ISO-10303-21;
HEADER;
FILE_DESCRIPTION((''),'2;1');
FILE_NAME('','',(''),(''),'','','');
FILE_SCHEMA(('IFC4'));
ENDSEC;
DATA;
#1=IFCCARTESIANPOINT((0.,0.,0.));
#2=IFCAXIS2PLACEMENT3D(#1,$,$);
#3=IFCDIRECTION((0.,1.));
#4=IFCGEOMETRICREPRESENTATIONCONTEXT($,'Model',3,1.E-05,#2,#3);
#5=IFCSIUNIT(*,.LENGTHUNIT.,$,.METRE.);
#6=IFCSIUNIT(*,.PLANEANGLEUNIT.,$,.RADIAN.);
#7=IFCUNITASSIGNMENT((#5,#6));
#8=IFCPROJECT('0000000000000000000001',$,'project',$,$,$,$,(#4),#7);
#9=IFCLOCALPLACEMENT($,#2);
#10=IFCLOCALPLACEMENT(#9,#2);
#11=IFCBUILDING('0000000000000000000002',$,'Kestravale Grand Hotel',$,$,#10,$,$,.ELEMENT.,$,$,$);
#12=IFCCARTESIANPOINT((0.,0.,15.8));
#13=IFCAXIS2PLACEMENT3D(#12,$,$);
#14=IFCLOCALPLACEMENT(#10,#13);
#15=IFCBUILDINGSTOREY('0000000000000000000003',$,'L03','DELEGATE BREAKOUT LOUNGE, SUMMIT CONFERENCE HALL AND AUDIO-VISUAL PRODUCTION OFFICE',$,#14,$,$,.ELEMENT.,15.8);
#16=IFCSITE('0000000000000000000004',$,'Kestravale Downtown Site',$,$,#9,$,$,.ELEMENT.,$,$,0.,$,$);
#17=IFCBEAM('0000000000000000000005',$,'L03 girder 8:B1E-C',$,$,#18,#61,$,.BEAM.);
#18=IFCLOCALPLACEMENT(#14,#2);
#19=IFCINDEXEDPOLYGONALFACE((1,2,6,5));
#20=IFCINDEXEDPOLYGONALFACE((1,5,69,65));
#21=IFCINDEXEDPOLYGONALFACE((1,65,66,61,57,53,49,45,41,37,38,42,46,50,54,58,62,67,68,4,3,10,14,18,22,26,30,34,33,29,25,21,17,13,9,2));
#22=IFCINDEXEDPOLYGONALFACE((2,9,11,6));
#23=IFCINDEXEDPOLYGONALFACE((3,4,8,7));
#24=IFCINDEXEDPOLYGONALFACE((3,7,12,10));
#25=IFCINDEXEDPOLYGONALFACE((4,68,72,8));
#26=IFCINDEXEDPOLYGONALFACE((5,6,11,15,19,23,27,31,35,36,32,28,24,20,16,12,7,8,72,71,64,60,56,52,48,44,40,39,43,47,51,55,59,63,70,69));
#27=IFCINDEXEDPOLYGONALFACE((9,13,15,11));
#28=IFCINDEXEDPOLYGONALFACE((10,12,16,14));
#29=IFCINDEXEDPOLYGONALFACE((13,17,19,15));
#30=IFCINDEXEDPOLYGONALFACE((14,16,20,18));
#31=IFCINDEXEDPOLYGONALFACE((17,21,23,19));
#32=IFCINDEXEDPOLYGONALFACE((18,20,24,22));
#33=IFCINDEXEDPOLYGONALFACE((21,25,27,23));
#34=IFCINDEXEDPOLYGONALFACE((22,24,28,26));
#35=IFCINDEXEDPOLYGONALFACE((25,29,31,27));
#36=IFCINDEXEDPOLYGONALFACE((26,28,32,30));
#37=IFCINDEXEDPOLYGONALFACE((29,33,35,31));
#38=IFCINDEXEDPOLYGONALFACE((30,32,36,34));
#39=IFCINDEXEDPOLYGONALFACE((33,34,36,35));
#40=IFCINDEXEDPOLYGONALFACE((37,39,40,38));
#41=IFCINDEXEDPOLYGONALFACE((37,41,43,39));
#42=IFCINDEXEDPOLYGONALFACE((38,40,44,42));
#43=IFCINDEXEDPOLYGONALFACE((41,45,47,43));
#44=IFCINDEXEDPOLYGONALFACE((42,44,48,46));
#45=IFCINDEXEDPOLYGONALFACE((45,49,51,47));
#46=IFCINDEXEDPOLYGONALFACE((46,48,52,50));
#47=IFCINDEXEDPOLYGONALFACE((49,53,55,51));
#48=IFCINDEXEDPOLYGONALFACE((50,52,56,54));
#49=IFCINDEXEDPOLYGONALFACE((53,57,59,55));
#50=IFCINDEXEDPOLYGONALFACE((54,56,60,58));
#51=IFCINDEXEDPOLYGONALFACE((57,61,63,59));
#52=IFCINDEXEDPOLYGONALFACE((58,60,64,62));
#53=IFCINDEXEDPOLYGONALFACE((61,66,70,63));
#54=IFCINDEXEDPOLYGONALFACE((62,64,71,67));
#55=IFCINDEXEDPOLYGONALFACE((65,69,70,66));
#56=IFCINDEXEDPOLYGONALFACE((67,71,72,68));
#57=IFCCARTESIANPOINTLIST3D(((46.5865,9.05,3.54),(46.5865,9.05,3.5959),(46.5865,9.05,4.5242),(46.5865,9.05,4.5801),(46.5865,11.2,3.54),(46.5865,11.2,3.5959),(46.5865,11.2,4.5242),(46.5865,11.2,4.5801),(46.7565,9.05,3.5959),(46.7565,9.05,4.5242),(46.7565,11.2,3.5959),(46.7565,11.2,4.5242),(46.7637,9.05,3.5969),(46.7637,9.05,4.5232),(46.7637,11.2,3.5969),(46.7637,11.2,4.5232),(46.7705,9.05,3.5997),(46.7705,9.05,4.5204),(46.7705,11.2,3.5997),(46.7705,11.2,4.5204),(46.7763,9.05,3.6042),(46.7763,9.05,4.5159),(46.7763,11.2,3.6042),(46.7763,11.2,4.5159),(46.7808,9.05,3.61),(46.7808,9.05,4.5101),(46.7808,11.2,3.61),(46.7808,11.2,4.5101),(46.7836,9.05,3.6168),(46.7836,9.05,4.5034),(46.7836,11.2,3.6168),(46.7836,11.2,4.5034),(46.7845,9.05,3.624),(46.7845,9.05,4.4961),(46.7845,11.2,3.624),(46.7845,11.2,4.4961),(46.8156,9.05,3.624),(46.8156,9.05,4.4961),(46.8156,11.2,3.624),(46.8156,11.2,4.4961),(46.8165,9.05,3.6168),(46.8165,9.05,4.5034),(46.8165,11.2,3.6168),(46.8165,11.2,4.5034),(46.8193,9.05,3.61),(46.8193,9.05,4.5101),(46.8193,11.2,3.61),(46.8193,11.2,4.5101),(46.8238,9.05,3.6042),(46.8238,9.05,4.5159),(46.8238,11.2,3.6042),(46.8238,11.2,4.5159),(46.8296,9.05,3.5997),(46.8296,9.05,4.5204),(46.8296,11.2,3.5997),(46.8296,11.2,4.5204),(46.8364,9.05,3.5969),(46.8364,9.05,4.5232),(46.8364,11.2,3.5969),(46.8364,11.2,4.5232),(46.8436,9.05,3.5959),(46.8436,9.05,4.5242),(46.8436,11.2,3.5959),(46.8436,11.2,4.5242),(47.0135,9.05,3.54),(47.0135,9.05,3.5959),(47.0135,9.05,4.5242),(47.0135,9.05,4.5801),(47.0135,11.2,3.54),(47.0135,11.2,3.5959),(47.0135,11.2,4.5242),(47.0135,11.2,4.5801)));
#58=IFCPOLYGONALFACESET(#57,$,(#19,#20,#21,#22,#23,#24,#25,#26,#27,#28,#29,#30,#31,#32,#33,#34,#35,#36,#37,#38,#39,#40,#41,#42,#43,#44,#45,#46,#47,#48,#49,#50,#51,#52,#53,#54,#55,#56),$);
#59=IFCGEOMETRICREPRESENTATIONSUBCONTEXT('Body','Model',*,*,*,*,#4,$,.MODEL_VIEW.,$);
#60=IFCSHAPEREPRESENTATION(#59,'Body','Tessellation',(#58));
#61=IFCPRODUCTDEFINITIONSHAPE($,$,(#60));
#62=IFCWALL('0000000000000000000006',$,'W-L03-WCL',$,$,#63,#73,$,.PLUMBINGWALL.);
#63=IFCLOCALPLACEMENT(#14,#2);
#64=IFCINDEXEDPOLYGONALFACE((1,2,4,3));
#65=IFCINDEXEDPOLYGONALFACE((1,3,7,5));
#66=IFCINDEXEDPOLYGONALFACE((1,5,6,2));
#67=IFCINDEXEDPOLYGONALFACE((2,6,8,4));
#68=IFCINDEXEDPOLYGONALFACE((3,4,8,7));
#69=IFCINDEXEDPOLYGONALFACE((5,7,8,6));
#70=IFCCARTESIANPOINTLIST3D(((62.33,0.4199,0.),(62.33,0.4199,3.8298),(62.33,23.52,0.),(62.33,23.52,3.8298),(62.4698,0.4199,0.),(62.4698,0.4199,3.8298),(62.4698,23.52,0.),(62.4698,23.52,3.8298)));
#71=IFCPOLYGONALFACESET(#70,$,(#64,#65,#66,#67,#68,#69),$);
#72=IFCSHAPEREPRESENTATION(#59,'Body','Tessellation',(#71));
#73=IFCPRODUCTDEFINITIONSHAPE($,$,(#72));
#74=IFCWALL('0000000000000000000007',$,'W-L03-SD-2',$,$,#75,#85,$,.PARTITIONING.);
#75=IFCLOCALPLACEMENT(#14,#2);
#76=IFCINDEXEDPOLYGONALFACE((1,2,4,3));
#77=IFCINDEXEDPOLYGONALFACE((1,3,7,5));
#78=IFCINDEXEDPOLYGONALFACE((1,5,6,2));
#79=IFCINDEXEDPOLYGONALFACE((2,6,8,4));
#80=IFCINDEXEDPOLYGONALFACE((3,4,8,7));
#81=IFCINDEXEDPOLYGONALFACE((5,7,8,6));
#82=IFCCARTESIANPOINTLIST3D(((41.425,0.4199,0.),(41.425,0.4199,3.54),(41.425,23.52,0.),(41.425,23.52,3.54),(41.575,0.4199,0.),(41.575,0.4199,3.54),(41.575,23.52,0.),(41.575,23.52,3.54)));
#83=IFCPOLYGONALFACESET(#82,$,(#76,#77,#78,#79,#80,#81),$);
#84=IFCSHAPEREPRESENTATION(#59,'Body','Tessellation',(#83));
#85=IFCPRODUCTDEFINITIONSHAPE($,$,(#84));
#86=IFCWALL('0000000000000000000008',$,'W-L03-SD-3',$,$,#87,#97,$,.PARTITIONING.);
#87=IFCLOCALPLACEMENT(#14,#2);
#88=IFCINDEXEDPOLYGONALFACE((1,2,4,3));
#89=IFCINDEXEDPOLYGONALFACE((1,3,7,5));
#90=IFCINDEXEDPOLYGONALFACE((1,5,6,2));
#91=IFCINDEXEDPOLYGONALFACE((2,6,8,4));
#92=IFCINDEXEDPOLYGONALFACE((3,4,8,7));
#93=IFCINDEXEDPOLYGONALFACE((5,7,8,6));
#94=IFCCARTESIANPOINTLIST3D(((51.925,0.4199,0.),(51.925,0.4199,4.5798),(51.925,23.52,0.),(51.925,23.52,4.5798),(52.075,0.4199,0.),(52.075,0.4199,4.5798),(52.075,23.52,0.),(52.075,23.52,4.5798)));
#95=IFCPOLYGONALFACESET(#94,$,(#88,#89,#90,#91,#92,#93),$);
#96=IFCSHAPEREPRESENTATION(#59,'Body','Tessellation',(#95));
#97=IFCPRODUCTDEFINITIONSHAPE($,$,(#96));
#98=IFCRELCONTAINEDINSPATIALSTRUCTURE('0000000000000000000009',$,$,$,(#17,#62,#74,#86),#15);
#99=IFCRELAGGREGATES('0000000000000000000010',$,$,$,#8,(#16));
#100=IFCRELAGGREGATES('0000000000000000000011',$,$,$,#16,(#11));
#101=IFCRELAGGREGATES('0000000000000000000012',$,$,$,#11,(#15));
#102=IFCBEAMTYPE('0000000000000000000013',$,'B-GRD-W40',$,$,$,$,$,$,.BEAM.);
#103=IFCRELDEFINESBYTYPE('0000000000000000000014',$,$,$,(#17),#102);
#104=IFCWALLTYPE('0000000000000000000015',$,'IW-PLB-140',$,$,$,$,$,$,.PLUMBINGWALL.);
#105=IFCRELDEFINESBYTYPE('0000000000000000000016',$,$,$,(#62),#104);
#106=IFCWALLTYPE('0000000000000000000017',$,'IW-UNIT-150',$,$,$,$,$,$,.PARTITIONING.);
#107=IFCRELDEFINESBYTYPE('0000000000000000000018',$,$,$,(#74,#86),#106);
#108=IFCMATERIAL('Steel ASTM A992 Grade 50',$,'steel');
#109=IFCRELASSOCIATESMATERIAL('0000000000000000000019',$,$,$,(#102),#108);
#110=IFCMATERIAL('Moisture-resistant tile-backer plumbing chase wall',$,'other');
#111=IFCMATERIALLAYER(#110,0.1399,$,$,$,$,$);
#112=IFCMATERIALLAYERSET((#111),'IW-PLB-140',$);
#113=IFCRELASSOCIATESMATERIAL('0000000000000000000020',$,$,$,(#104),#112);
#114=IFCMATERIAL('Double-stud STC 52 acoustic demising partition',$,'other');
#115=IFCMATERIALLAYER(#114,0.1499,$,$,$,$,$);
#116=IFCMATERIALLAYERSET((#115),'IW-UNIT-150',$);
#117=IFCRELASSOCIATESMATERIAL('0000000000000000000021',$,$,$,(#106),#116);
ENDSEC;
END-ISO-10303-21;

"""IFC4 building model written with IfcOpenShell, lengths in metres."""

from ifc_helpers import new_model, si_unit, direction, frame, frame_2d, origin, origin_2d, place, context, subcontext, project, spatial, rectangle, i_section, extrude, material, layer, layer_set, material_profile, profile_set, type_object, element, save


model = new_model("IFC4")

# Units and contexts
model_context = context("Model", 3, precision=1e-05, world=origin(), true_north=direction((0.0, 1.0)))
body_context = subcontext(model_context, "Body", "Model", "MODEL_VIEW")
ifc_project = project(units=[si_unit("LENGTHUNIT", "METRE"), si_unit("PLANEANGLEUNIT", "RADIAN")], contexts=[model_context])

# Site, building, storey
site_placement = place(None, origin())
site = spatial("IfcSite", under=ifc_project, at=site_placement, Name="Kestravale Downtown Site", CompositionType="ELEMENT", RefElevation=0.0)
building_placement = place(site_placement, origin())
building = spatial("IfcBuilding", under=site, at=building_placement, Name="Kestravale Grand Hotel", CompositionType="ELEMENT")
storey_placement = place(building_placement, frame((0.0, 0.0, 15.8)))
storey = spatial("IfcBuildingStorey", under=building, at=storey_placement, Name="L03", Description="DELEGATE BREAKOUT LOUNGE, SUMMIT CONFERENCE HALL AND AUDIO-VISUAL PRODUCTION OFFICE", CompositionType="ELEMENT", Elevation=15.8)

# Beam
ifc_material_1 = material(Name="Steel ASTM A992 Grade 50", Category="steel")
ifc_material_profile_1 = material_profile(ifc_material_1, i_section(OverallWidth=0.427, OverallDepth=1.04, WebThickness=0.031, FlangeThickness=0.0559, FilletRadius=0.0281, at=origin_2d()))
ifc_profile_set_1 = profile_set([ifc_material_profile_1], Name="Steel ASTM A992 Grade 50")
beam_type_1 = type_object("IfcBeamType", Name="B-GRD-W40", PredefinedType="BEAM", material=ifc_profile_set_1)
beam_1_placement = place(storey_placement, frame((46.8, 9.05, 4.0601), z_axis=(0.0, 1.0, 0.0), x_axis=(-1.0, 0.0, 0.0)))
element("IfcBeam", 1, at=beam_1_placement, inside=storey, type_object=beam_type_1, Name="L03 girder 8:B1E-C", PredefinedType="BEAM", context=body_context, shape_type="SweptSolid", body=[
    extrude(i_section(OverallWidth=0.427, OverallDepth=1.04, WebThickness=0.031, FlangeThickness=0.0559, FilletRadius=0.0281, at=origin_2d()), origin(), (0.0, 0.0, 1.0), 2.1499),
])

# Walls
ifc_material_2 = material(Name="Moisture-resistant tile-backer plumbing chase wall", Category="other")
ifc_layer_1 = layer(ifc_material_2, 0.1399)
ifc_layer_set_1 = layer_set([ifc_layer_1], Name="IW-PLB-140")
wall_type_1 = type_object("IfcWallType", Name="IW-PLB-140", PredefinedType="PLUMBINGWALL", material=ifc_layer_set_1)
wall_1_placement = place(storey_placement, frame((62.3999, 0.4199, 0.0), z_axis=(0.0, 0.0, 1.0), x_axis=(0.0, 1.0, 0.0)))
element("IfcWall", 2, at=wall_1_placement, inside=storey, type_object=wall_type_1, Name="W-L03-WCL", PredefinedType="PLUMBINGWALL", context=body_context, shape_type="SweptSolid", body=[
    extrude(rectangle(XDim=23.1001, YDim=0.1399, at=frame_2d((11.55, 0.0))), origin(), (0.0, 0.0, 1.0), 3.8298),
])
ifc_material_3 = material(Name="Double-stud STC 52 acoustic demising partition", Category="other")
ifc_layer_2 = layer(ifc_material_3, 0.1499)
ifc_layer_set_2 = layer_set([ifc_layer_2], Name="IW-UNIT-150")
wall_type_2 = type_object("IfcWallType", Name="IW-UNIT-150", PredefinedType="PARTITIONING", material=ifc_layer_set_2)
wall_2_placement = place(storey_placement, frame((41.5, 0.4199, 0.0), z_axis=(0.0, 0.0, 1.0), x_axis=(0.0, 1.0, 0.0)))
element("IfcWall", 3, at=wall_2_placement, inside=storey, type_object=wall_type_2, Name="W-L03-SD-2", PredefinedType="PARTITIONING", context=body_context, shape_type="SweptSolid", body=[
    extrude(rectangle(XDim=23.1001, YDim=0.1499, at=frame_2d((11.55, 0.0))), origin(), (0.0, 0.0, 1.0), 3.54),
])
wall_3_placement = place(storey_placement, frame((52.0, 0.4199, 0.0), z_axis=(0.0, 0.0, 1.0), x_axis=(0.0, 1.0, 0.0)))
element("IfcWall", 4, at=wall_3_placement, inside=storey, type_object=wall_type_2, Name="W-L03-SD-3", PredefinedType="PARTITIONING", context=body_context, shape_type="SweptSolid", body=[
    extrude(rectangle(XDim=23.1001, YDim=0.1499, at=frame_2d((11.55, 0.0))), origin(), (0.0, 0.0, 1.0), 4.5798),
])

save(model, "model.ifc")
